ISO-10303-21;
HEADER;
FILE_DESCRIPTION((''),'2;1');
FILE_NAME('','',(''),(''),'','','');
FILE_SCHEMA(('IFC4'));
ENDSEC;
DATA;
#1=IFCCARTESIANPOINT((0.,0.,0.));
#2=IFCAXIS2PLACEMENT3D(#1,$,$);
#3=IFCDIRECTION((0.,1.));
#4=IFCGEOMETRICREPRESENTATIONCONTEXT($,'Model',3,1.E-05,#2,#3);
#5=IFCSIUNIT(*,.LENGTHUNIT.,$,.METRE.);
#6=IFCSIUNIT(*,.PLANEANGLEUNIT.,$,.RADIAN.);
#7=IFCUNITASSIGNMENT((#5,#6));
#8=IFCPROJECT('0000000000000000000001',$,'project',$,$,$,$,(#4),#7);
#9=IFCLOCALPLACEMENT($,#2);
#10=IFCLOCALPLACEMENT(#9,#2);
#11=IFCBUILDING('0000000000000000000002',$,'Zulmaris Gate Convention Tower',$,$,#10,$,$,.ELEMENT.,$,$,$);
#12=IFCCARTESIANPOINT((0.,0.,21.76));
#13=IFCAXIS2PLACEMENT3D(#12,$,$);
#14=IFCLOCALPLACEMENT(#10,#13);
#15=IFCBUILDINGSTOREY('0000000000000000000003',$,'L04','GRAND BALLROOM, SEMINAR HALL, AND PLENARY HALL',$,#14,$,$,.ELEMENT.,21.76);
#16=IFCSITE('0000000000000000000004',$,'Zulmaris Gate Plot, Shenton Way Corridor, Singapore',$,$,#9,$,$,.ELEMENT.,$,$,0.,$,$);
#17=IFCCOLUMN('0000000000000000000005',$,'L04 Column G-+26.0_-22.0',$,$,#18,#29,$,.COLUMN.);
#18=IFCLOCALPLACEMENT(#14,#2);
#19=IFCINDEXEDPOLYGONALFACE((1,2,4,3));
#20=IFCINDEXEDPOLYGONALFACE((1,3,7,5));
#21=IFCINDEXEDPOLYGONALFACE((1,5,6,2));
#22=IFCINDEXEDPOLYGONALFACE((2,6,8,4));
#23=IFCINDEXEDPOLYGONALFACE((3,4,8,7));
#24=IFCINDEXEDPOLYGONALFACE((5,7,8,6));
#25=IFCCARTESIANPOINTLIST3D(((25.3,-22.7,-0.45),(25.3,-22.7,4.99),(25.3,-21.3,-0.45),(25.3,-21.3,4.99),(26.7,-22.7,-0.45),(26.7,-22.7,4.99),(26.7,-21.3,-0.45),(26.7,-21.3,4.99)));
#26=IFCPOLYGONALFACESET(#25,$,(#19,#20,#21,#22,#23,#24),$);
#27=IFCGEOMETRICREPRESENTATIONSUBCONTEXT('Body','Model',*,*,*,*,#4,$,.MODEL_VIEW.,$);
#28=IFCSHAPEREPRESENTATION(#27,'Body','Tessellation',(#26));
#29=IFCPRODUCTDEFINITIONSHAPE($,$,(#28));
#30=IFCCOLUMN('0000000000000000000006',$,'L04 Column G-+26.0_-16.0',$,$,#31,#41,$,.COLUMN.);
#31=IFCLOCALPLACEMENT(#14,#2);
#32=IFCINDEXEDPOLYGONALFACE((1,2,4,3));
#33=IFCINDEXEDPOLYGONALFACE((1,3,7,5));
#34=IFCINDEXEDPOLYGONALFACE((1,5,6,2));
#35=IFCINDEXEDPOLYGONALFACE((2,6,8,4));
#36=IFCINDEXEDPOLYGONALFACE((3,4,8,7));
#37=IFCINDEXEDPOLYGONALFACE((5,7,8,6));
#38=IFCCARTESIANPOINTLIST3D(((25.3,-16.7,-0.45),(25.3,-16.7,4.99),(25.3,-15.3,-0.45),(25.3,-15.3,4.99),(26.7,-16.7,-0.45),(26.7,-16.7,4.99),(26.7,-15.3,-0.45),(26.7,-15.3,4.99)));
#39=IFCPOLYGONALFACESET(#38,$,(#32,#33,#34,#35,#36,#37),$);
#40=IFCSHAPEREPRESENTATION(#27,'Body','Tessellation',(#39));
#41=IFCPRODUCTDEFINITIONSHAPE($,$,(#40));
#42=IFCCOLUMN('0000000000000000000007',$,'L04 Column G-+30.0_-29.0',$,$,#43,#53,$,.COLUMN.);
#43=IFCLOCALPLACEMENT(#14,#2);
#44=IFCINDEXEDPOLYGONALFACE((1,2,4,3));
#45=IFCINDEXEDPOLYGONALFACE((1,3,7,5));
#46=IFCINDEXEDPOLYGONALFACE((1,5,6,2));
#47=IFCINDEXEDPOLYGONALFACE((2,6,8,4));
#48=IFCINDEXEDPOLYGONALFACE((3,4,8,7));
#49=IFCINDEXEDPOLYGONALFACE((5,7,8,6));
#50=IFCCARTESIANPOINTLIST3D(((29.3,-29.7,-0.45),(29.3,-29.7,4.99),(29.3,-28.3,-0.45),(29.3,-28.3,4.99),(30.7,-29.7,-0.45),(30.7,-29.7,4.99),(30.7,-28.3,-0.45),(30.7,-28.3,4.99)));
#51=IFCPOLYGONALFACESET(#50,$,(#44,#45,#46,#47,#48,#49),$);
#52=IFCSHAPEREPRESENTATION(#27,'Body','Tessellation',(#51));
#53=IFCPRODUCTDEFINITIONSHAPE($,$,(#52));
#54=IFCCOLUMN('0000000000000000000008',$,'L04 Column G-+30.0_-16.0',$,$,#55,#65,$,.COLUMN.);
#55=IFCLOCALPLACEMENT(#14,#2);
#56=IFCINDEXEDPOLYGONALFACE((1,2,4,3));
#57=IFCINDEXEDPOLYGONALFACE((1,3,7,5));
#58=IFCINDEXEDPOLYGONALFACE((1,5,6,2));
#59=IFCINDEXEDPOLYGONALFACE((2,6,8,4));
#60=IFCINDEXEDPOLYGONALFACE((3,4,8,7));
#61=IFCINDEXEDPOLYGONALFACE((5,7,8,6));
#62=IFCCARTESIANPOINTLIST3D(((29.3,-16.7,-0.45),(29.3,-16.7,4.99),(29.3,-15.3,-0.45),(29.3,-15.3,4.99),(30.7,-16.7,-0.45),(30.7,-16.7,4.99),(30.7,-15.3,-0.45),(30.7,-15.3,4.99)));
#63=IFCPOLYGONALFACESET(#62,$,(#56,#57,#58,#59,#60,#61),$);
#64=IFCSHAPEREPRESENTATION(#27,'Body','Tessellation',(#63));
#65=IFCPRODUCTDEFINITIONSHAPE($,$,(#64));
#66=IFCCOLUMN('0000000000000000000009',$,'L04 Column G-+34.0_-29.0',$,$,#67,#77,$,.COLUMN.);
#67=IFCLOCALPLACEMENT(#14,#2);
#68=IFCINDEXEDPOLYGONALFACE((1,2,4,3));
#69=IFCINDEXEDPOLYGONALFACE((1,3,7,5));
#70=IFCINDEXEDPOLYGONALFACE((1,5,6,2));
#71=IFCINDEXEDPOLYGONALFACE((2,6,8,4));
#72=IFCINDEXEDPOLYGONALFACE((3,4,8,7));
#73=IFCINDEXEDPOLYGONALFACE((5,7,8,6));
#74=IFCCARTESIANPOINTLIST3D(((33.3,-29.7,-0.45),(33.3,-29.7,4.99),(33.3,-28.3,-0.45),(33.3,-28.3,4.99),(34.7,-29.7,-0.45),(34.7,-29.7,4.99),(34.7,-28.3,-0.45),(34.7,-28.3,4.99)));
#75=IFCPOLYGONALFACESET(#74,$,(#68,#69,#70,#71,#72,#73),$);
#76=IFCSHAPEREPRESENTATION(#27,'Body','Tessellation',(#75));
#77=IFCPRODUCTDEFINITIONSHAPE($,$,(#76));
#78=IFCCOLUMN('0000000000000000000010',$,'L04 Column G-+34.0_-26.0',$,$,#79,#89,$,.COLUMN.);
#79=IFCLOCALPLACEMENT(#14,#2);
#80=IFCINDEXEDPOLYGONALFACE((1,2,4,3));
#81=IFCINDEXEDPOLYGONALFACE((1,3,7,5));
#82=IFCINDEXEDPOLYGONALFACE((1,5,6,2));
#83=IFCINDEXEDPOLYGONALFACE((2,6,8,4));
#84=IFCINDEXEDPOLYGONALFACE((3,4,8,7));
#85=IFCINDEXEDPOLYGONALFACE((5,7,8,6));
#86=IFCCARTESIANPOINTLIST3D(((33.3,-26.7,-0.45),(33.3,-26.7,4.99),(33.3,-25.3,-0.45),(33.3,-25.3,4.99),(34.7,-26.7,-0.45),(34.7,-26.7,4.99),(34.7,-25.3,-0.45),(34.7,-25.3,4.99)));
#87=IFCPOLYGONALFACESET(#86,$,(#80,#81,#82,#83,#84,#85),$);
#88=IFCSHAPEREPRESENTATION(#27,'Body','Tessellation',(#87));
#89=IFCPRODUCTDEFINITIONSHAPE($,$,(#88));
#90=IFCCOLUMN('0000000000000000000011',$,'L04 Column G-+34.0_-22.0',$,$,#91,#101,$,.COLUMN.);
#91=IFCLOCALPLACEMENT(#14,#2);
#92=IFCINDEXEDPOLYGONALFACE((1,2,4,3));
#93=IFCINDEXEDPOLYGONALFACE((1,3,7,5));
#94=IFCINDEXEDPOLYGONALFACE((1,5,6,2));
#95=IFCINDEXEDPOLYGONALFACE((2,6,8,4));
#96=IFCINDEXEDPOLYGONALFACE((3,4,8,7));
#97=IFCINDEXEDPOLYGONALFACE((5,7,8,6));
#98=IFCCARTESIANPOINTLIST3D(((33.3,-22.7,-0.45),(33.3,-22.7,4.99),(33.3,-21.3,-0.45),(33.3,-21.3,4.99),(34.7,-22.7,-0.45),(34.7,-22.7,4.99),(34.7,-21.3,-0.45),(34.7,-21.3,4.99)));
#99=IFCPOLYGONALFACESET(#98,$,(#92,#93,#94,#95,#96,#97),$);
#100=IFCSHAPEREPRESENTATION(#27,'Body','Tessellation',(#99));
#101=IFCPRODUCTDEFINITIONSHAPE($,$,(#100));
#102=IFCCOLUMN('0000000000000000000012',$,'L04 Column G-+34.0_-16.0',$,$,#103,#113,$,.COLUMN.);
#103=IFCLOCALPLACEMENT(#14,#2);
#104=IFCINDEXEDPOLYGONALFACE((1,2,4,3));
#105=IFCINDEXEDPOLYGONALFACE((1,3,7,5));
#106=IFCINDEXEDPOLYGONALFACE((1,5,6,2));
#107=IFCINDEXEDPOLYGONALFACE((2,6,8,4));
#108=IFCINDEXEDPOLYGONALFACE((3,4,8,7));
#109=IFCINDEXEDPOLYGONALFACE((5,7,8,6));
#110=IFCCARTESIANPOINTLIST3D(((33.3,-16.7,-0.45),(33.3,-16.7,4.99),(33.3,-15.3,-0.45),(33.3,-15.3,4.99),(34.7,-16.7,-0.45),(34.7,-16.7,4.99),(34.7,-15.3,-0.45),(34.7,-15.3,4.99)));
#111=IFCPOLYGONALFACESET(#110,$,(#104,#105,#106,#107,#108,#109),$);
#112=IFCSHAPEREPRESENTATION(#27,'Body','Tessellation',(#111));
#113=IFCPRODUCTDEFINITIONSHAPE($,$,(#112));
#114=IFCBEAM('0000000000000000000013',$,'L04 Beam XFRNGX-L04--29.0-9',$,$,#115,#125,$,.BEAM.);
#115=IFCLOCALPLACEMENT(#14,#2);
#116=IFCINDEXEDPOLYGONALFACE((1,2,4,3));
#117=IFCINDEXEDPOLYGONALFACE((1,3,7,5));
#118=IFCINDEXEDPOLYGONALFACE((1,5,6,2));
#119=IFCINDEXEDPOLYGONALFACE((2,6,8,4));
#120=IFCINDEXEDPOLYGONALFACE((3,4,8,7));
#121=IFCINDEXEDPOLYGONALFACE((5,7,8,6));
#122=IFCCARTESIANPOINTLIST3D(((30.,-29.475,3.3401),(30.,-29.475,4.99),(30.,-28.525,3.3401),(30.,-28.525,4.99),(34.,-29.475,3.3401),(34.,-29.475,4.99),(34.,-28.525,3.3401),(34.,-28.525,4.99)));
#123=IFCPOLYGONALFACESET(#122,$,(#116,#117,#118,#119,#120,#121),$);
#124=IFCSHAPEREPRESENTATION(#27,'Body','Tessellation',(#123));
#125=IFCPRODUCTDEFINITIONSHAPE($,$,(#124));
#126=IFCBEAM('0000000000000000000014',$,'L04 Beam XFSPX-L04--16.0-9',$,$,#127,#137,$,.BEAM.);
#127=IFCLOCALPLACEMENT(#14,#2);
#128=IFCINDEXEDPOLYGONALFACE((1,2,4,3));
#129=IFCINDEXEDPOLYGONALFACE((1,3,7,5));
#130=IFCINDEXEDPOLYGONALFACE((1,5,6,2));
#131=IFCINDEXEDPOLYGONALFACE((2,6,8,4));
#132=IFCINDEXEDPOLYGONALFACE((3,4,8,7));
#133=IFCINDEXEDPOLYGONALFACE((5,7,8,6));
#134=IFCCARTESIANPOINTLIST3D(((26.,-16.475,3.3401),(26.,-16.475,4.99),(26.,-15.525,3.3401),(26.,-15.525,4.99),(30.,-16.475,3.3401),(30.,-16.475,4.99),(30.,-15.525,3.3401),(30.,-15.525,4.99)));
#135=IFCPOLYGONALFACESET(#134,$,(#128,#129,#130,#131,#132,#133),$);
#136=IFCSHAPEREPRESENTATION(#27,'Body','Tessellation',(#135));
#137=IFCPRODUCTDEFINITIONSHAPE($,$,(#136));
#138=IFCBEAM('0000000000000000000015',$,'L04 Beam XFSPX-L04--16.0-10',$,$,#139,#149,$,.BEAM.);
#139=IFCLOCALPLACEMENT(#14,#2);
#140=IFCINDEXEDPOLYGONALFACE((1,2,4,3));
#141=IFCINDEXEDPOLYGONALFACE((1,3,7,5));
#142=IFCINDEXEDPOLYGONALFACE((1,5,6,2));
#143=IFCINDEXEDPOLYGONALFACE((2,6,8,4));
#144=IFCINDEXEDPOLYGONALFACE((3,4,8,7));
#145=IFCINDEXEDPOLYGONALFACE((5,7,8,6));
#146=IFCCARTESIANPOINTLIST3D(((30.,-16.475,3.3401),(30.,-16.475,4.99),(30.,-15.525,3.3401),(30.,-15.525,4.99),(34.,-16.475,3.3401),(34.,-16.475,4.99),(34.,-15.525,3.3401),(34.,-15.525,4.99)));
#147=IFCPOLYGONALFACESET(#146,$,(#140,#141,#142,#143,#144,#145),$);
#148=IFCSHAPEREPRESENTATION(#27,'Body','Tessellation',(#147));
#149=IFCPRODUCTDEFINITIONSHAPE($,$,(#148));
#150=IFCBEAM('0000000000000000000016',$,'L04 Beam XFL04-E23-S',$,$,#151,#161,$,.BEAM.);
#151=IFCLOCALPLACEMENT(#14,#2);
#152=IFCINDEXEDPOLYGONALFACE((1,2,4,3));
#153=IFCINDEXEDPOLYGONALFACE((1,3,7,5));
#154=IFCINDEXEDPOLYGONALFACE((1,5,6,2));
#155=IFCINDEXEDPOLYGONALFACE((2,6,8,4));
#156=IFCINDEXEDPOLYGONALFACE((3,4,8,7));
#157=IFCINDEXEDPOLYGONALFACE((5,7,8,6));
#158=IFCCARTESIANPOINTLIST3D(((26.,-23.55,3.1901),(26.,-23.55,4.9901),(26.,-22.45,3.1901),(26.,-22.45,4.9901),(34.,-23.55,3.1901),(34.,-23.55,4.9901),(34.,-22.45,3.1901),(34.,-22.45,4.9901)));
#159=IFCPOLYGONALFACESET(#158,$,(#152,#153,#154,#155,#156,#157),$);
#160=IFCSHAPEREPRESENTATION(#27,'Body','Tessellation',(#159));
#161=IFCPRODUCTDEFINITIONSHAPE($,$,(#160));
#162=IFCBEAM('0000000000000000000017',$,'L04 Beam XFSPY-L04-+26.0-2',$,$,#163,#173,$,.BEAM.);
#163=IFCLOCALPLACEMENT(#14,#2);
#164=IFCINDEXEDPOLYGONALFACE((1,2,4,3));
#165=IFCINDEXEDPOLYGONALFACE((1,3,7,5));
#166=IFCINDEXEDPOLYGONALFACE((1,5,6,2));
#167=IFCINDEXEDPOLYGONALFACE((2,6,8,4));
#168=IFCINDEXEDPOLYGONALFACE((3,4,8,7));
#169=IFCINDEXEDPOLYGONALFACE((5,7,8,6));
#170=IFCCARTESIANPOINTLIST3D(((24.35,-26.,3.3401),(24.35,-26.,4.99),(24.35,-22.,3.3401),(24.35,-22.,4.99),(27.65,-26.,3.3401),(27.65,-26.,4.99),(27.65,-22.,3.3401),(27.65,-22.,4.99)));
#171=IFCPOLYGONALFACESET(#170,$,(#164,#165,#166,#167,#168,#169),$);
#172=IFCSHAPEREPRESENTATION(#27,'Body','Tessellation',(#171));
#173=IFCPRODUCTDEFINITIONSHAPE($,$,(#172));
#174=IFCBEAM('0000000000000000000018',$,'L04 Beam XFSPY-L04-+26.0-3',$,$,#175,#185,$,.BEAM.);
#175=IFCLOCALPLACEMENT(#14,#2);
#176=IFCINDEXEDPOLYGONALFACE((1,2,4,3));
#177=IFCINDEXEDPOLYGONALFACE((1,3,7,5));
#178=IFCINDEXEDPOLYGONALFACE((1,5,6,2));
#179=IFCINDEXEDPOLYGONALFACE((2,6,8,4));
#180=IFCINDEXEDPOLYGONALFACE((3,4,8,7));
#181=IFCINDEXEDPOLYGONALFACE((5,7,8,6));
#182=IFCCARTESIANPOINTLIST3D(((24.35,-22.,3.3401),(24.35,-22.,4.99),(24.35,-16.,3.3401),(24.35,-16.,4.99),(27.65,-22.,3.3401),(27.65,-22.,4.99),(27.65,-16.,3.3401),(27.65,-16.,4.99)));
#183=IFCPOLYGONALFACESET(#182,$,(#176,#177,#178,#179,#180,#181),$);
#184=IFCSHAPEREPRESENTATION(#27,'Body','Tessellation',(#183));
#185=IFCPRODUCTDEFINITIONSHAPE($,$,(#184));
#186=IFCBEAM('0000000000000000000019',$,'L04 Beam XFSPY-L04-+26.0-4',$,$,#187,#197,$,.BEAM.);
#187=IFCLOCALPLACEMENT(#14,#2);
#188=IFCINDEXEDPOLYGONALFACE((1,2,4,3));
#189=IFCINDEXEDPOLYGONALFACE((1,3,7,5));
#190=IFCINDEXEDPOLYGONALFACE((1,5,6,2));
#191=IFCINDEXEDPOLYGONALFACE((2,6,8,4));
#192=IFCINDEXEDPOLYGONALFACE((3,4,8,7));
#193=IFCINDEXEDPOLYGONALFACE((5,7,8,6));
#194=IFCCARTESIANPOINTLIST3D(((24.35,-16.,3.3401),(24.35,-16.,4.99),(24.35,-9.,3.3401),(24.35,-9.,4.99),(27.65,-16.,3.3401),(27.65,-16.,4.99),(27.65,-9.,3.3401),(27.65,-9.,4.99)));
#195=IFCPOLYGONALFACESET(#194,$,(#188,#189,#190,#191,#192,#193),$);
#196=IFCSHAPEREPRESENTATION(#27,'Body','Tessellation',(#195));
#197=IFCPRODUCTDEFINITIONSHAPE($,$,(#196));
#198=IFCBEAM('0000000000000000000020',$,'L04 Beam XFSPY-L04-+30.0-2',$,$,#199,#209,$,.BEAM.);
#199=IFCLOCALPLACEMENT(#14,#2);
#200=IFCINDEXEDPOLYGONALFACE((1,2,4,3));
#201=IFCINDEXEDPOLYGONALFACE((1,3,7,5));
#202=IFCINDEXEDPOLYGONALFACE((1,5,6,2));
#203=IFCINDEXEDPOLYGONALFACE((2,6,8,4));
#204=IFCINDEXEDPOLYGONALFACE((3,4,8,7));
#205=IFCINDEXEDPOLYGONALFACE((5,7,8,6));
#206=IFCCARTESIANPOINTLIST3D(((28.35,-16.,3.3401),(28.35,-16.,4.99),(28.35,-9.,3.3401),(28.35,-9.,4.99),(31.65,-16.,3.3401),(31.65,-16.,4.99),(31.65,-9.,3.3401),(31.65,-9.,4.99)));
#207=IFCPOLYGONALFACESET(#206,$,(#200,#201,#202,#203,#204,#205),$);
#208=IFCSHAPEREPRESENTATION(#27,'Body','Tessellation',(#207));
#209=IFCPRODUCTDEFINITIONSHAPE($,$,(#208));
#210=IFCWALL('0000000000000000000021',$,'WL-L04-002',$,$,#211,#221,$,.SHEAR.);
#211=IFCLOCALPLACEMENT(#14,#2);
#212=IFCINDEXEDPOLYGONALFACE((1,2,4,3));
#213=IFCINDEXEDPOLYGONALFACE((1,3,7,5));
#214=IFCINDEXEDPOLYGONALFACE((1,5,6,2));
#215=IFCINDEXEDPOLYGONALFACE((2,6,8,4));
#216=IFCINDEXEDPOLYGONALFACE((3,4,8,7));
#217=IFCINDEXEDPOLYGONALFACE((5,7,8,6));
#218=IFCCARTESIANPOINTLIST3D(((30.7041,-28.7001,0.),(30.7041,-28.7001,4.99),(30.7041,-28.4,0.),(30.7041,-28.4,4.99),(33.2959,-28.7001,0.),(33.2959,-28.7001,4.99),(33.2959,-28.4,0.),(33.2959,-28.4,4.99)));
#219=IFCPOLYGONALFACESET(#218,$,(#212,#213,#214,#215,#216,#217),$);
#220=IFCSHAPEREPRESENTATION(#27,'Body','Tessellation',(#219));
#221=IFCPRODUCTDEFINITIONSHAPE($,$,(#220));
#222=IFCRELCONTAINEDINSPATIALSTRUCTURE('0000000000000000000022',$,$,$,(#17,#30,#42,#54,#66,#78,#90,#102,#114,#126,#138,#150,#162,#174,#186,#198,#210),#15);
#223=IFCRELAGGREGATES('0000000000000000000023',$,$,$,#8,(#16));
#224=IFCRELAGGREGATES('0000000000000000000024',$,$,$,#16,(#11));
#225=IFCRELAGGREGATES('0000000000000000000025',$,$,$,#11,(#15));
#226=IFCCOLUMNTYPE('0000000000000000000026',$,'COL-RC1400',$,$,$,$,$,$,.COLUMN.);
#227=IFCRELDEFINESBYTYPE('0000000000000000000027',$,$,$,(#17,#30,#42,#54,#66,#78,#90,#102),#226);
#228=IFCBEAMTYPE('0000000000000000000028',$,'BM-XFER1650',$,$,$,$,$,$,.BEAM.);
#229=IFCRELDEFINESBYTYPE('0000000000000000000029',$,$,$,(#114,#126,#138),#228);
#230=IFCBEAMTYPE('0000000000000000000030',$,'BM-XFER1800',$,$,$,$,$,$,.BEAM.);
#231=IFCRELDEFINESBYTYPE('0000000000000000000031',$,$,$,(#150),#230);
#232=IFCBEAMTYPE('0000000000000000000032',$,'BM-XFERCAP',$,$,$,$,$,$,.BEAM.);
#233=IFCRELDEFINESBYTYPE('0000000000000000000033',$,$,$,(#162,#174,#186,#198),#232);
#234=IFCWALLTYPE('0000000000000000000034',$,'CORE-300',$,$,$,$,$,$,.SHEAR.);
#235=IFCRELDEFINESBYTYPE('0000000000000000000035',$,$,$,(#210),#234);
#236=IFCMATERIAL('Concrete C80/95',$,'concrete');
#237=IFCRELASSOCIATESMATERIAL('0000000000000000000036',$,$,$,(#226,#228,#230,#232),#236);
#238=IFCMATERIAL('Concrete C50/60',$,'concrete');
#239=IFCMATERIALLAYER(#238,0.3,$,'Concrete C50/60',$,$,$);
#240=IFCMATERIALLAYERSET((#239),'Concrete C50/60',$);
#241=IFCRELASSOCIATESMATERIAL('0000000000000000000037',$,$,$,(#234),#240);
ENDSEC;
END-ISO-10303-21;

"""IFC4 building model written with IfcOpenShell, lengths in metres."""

from ifc_helpers import new_model, si_unit, direction, frame, frame_2d, origin, origin_2d, place, context, subcontext, project, spatial, rectangle, extrude, material, layer, layer_set, material_profile, profile_set, type_object, element, save


model = new_model("IFC4")

# Units and contexts
model_context = context("Model", 3, precision=1e-05, world=origin(), true_north=direction((0.0, 1.0)))
body_context = subcontext(model_context, "Body", "Model", "MODEL_VIEW")
ifc_project = project(units=[si_unit("LENGTHUNIT", "METRE"), si_unit("PLANEANGLEUNIT", "RADIAN")], contexts=[model_context])

# Site, building, storey
site_placement = place(None, origin())
site = spatial("IfcSite", under=ifc_project, at=site_placement, Name="Zulmaris Gate Plot, Shenton Way Corridor, Singapore", CompositionType="ELEMENT", RefElevation=0.0)
building_placement = place(site_placement, origin())
building = spatial("IfcBuilding", under=site, at=building_placement, Name="Zulmaris Gate Convention Tower", CompositionType="ELEMENT")
storey_placement = place(building_placement, frame((0.0, 0.0, 21.76)))
storey = spatial("IfcBuildingStorey", under=building, at=storey_placement, Name="L04", Description="GRAND BALLROOM, SEMINAR HALL, AND PLENARY HALL", CompositionType="ELEMENT", Elevation=21.76)

# Columns
ifc_material_1 = material(Name="Concrete C80/95", Category="concrete")
ifc_material_profile_1 = material_profile(ifc_material_1, rectangle(XDim=1.3999, YDim=1.3999, at=origin_2d()), Name="RC COL 1400x1400")
ifc_profile_set_1 = profile_set([ifc_material_profile_1], Name="Concrete C80/95")
column_type = type_object("IfcColumnType", Name="COL-RC1400", PredefinedType="COLUMN", material=ifc_profile_set_1)
for number, where, z_axis, x_axis, name in (
    (1, (26.0, -22.0, -0.45), (0.0, 0.0, 1.0), (1.0, 0.0, 0.0), "L04 Column G-+26.0_-22.0"),
    (2, (26.0, -16.0, -0.45), (0.0, 0.0, 1.0), (1.0, 0.0, 0.0), "L04 Column G-+26.0_-16.0"),
    (3, (30.0, -29.0, -0.45), (0.0, 0.0, 1.0), (1.0, 0.0, 0.0), "L04 Column G-+30.0_-29.0"),
    (4, (30.0, -16.0, -0.45), (0.0, 0.0, 1.0), (1.0, 0.0, 0.0), "L04 Column G-+30.0_-16.0"),
    (5, (34.0, -29.0, -0.45), (0.0, 0.0, 1.0), (1.0, 0.0, 0.0), "L04 Column G-+34.0_-29.0"),
    (6, (34.0, -26.0, -0.45), (0.0, 0.0, 1.0), (1.0, 0.0, 0.0), "L04 Column G-+34.0_-26.0"),
    (7, (34.0, -22.0, -0.45), (0.0, 0.0, 1.0), (1.0, 0.0, 0.0), "L04 Column G-+34.0_-22.0"),
    (8, (34.0, -16.0, -0.45), (0.0, 0.0, 1.0), (1.0, 0.0, 0.0), "L04 Column G-+34.0_-16.0"),
):
    element("IfcColumn", number, at=place(storey_placement, frame(where, z_axis=z_axis, x_axis=x_axis)), inside=storey, type_object=column_type, Name=name, PredefinedType="COLUMN", context=body_context, shape_type="SweptSolid", body=[
        extrude(rectangle(XDim=1.3999, YDim=1.3999, at=origin_2d()), origin(), (0.0, 0.0, 1.0), 5.4399),
    ])

# Beams
ifc_material_profile_2 = material_profile(ifc_material_1, rectangle(XDim=0.95, YDim=1.6499, at=origin_2d()), Name="RC TRANSFER 950x1650")
ifc_profile_set_2 = profile_set([ifc_material_profile_2], Name="Concrete C80/95")
beam_type_1 = type_object("IfcBeamType", Name="BM-XFER1650", PredefinedType="BEAM", material=ifc_profile_set_2)
for number, where, z_axis, x_axis, name in (
    (9, (30.0, -29.0, 4.165), (1.0, 0.0, 0.0), (0.0, 1.0, 0.0), "L04 Beam XFRNGX-L04--29.0-9"),
    (10, (26.0, -16.0, 4.165), (1.0, 0.0, 0.0), (0.0, 1.0, 0.0), "L04 Beam XFSPX-L04--16.0-9"),
    (11, (30.0, -16.0, 4.165), (1.0, 0.0, 0.0), (0.0, 1.0, 0.0), "L04 Beam XFSPX-L04--16.0-10"),
):
    element("IfcBeam", number, at=place(storey_placement, frame(where, z_axis=z_axis, x_axis=x_axis)), inside=storey, type_object=beam_type_1, Name=name, PredefinedType="BEAM", context=body_context, shape_type="SweptSolid", body=[
        extrude(rectangle(XDim=0.95, YDim=1.6499, at=origin_2d()), origin(), (0.0, 0.0, 1.0), 4.0),
    ])
ifc_material_profile_3 = material_profile(ifc_material_1, rectangle(XDim=1.1001, YDim=1.8, at=origin_2d()), Name="RC TRANSFER 1100x1800")
ifc_profile_set_3 = profile_set([ifc_material_profile_3], Name="Concrete C80/95")
beam_type_2 = type_object("IfcBeamType", Name="BM-XFER1800", PredefinedType="BEAM", material=ifc_profile_set_3)
beam_1_placement = place(storey_placement, frame((26.0, -23.0, 4.0901), z_axis=(1.0, 0.0, 0.0), x_axis=(0.0, 1.0, 0.0)))
element("IfcBeam", 12, at=beam_1_placement, inside=storey, type_object=beam_type_2, Name="L04 Beam XFL04-E23-S", PredefinedType="BEAM", context=body_context, shape_type="SweptSolid", body=[
    extrude(rectangle(XDim=1.1001, YDim=1.8, at=origin_2d()), origin(), (0.0, 0.0, 1.0), 8.0),
])
ifc_material_profile_4 = material_profile(ifc_material_1, rectangle(XDim=3.3, YDim=1.6499, at=origin_2d()), Name="RC TRANSFER 3300x1650")
ifc_profile_set_4 = profile_set([ifc_material_profile_4], Name="Concrete C80/95")
beam_type_3 = type_object("IfcBeamType", Name="BM-XFERCAP", PredefinedType="BEAM", material=ifc_profile_set_4)
beam_2_placement = place(storey_placement, frame((26.0, -26.0, 4.165), z_axis=(0.0, 1.0, 0.0), x_axis=(-1.0, 0.0, 0.0)))
element("IfcBeam", 13, at=beam_2_placement, inside=storey, type_object=beam_type_3, Name="L04 Beam XFSPY-L04-+26.0-2", PredefinedType="BEAM", context=body_context, shape_type="SweptSolid", body=[
    extrude(rectangle(XDim=3.3, YDim=1.6499, at=origin_2d()), origin(), (0.0, 0.0, 1.0), 4.0),
])
beam_3_placement = place(storey_placement, frame((26.0, -22.0, 4.165), z_axis=(0.0, 1.0, 0.0), x_axis=(-1.0, 0.0, 0.0)))
element("IfcBeam", 14, at=beam_3_placement, inside=storey, type_object=beam_type_3, Name="L04 Beam XFSPY-L04-+26.0-3", PredefinedType="BEAM", context=body_context, shape_type="SweptSolid", body=[
    extrude(rectangle(XDim=3.3, YDim=1.6499, at=origin_2d()), origin(), (0.0, 0.0, 1.0), 6.0),
])
for number, where, z_axis, x_axis, name in (
    (15, (26.0, -16.0, 4.165), (0.0, 1.0, 0.0), (-1.0, 0.0, 0.0), "L04 Beam XFSPY-L04-+26.0-4"),
    (16, (30.0, -16.0, 4.165), (0.0, 1.0, 0.0), (-1.0, 0.0, 0.0), "L04 Beam XFSPY-L04-+30.0-2"),
):
    element("IfcBeam", number, at=place(storey_placement, frame(where, z_axis=z_axis, x_axis=x_axis)), inside=storey, type_object=beam_type_3, Name=name, PredefinedType="BEAM", context=body_context, shape_type="SweptSolid", body=[
        extrude(rectangle(XDim=3.3, YDim=1.6499, at=origin_2d()), origin(), (0.0, 0.0, 1.0), 7.0),
    ])

# Wall
ifc_material_2 = material(Name="Concrete C50/60", Category="concrete")
ifc_layer_1 = layer(ifc_material_2, 0.3, Name="Concrete C50/60")
ifc_layer_set_1 = layer_set([ifc_layer_1], Name="Concrete C50/60")
wall_type_1 = type_object("IfcWallType", Name="CORE-300", PredefinedType="SHEAR", material=ifc_layer_set_1)
wall_1_placement = place(storey_placement, frame((30.7041, -28.55, 0.0), z_axis=(0.0, 0.0, 1.0), x_axis=(1.0, 0.0, 0.0)))
element("IfcWall", 17, at=wall_1_placement, inside=storey, type_object=wall_type_1, Name="WL-L04-002", PredefinedType="SHEAR", context=body_context, shape_type="SweptSolid", body=[
    extrude(rectangle(XDim=2.5918, YDim=0.3, at=frame_2d((1.2959, 0.0))), origin(), (0.0, 0.0, 1.0), 4.99),
])

save(model, "model.ifc")
